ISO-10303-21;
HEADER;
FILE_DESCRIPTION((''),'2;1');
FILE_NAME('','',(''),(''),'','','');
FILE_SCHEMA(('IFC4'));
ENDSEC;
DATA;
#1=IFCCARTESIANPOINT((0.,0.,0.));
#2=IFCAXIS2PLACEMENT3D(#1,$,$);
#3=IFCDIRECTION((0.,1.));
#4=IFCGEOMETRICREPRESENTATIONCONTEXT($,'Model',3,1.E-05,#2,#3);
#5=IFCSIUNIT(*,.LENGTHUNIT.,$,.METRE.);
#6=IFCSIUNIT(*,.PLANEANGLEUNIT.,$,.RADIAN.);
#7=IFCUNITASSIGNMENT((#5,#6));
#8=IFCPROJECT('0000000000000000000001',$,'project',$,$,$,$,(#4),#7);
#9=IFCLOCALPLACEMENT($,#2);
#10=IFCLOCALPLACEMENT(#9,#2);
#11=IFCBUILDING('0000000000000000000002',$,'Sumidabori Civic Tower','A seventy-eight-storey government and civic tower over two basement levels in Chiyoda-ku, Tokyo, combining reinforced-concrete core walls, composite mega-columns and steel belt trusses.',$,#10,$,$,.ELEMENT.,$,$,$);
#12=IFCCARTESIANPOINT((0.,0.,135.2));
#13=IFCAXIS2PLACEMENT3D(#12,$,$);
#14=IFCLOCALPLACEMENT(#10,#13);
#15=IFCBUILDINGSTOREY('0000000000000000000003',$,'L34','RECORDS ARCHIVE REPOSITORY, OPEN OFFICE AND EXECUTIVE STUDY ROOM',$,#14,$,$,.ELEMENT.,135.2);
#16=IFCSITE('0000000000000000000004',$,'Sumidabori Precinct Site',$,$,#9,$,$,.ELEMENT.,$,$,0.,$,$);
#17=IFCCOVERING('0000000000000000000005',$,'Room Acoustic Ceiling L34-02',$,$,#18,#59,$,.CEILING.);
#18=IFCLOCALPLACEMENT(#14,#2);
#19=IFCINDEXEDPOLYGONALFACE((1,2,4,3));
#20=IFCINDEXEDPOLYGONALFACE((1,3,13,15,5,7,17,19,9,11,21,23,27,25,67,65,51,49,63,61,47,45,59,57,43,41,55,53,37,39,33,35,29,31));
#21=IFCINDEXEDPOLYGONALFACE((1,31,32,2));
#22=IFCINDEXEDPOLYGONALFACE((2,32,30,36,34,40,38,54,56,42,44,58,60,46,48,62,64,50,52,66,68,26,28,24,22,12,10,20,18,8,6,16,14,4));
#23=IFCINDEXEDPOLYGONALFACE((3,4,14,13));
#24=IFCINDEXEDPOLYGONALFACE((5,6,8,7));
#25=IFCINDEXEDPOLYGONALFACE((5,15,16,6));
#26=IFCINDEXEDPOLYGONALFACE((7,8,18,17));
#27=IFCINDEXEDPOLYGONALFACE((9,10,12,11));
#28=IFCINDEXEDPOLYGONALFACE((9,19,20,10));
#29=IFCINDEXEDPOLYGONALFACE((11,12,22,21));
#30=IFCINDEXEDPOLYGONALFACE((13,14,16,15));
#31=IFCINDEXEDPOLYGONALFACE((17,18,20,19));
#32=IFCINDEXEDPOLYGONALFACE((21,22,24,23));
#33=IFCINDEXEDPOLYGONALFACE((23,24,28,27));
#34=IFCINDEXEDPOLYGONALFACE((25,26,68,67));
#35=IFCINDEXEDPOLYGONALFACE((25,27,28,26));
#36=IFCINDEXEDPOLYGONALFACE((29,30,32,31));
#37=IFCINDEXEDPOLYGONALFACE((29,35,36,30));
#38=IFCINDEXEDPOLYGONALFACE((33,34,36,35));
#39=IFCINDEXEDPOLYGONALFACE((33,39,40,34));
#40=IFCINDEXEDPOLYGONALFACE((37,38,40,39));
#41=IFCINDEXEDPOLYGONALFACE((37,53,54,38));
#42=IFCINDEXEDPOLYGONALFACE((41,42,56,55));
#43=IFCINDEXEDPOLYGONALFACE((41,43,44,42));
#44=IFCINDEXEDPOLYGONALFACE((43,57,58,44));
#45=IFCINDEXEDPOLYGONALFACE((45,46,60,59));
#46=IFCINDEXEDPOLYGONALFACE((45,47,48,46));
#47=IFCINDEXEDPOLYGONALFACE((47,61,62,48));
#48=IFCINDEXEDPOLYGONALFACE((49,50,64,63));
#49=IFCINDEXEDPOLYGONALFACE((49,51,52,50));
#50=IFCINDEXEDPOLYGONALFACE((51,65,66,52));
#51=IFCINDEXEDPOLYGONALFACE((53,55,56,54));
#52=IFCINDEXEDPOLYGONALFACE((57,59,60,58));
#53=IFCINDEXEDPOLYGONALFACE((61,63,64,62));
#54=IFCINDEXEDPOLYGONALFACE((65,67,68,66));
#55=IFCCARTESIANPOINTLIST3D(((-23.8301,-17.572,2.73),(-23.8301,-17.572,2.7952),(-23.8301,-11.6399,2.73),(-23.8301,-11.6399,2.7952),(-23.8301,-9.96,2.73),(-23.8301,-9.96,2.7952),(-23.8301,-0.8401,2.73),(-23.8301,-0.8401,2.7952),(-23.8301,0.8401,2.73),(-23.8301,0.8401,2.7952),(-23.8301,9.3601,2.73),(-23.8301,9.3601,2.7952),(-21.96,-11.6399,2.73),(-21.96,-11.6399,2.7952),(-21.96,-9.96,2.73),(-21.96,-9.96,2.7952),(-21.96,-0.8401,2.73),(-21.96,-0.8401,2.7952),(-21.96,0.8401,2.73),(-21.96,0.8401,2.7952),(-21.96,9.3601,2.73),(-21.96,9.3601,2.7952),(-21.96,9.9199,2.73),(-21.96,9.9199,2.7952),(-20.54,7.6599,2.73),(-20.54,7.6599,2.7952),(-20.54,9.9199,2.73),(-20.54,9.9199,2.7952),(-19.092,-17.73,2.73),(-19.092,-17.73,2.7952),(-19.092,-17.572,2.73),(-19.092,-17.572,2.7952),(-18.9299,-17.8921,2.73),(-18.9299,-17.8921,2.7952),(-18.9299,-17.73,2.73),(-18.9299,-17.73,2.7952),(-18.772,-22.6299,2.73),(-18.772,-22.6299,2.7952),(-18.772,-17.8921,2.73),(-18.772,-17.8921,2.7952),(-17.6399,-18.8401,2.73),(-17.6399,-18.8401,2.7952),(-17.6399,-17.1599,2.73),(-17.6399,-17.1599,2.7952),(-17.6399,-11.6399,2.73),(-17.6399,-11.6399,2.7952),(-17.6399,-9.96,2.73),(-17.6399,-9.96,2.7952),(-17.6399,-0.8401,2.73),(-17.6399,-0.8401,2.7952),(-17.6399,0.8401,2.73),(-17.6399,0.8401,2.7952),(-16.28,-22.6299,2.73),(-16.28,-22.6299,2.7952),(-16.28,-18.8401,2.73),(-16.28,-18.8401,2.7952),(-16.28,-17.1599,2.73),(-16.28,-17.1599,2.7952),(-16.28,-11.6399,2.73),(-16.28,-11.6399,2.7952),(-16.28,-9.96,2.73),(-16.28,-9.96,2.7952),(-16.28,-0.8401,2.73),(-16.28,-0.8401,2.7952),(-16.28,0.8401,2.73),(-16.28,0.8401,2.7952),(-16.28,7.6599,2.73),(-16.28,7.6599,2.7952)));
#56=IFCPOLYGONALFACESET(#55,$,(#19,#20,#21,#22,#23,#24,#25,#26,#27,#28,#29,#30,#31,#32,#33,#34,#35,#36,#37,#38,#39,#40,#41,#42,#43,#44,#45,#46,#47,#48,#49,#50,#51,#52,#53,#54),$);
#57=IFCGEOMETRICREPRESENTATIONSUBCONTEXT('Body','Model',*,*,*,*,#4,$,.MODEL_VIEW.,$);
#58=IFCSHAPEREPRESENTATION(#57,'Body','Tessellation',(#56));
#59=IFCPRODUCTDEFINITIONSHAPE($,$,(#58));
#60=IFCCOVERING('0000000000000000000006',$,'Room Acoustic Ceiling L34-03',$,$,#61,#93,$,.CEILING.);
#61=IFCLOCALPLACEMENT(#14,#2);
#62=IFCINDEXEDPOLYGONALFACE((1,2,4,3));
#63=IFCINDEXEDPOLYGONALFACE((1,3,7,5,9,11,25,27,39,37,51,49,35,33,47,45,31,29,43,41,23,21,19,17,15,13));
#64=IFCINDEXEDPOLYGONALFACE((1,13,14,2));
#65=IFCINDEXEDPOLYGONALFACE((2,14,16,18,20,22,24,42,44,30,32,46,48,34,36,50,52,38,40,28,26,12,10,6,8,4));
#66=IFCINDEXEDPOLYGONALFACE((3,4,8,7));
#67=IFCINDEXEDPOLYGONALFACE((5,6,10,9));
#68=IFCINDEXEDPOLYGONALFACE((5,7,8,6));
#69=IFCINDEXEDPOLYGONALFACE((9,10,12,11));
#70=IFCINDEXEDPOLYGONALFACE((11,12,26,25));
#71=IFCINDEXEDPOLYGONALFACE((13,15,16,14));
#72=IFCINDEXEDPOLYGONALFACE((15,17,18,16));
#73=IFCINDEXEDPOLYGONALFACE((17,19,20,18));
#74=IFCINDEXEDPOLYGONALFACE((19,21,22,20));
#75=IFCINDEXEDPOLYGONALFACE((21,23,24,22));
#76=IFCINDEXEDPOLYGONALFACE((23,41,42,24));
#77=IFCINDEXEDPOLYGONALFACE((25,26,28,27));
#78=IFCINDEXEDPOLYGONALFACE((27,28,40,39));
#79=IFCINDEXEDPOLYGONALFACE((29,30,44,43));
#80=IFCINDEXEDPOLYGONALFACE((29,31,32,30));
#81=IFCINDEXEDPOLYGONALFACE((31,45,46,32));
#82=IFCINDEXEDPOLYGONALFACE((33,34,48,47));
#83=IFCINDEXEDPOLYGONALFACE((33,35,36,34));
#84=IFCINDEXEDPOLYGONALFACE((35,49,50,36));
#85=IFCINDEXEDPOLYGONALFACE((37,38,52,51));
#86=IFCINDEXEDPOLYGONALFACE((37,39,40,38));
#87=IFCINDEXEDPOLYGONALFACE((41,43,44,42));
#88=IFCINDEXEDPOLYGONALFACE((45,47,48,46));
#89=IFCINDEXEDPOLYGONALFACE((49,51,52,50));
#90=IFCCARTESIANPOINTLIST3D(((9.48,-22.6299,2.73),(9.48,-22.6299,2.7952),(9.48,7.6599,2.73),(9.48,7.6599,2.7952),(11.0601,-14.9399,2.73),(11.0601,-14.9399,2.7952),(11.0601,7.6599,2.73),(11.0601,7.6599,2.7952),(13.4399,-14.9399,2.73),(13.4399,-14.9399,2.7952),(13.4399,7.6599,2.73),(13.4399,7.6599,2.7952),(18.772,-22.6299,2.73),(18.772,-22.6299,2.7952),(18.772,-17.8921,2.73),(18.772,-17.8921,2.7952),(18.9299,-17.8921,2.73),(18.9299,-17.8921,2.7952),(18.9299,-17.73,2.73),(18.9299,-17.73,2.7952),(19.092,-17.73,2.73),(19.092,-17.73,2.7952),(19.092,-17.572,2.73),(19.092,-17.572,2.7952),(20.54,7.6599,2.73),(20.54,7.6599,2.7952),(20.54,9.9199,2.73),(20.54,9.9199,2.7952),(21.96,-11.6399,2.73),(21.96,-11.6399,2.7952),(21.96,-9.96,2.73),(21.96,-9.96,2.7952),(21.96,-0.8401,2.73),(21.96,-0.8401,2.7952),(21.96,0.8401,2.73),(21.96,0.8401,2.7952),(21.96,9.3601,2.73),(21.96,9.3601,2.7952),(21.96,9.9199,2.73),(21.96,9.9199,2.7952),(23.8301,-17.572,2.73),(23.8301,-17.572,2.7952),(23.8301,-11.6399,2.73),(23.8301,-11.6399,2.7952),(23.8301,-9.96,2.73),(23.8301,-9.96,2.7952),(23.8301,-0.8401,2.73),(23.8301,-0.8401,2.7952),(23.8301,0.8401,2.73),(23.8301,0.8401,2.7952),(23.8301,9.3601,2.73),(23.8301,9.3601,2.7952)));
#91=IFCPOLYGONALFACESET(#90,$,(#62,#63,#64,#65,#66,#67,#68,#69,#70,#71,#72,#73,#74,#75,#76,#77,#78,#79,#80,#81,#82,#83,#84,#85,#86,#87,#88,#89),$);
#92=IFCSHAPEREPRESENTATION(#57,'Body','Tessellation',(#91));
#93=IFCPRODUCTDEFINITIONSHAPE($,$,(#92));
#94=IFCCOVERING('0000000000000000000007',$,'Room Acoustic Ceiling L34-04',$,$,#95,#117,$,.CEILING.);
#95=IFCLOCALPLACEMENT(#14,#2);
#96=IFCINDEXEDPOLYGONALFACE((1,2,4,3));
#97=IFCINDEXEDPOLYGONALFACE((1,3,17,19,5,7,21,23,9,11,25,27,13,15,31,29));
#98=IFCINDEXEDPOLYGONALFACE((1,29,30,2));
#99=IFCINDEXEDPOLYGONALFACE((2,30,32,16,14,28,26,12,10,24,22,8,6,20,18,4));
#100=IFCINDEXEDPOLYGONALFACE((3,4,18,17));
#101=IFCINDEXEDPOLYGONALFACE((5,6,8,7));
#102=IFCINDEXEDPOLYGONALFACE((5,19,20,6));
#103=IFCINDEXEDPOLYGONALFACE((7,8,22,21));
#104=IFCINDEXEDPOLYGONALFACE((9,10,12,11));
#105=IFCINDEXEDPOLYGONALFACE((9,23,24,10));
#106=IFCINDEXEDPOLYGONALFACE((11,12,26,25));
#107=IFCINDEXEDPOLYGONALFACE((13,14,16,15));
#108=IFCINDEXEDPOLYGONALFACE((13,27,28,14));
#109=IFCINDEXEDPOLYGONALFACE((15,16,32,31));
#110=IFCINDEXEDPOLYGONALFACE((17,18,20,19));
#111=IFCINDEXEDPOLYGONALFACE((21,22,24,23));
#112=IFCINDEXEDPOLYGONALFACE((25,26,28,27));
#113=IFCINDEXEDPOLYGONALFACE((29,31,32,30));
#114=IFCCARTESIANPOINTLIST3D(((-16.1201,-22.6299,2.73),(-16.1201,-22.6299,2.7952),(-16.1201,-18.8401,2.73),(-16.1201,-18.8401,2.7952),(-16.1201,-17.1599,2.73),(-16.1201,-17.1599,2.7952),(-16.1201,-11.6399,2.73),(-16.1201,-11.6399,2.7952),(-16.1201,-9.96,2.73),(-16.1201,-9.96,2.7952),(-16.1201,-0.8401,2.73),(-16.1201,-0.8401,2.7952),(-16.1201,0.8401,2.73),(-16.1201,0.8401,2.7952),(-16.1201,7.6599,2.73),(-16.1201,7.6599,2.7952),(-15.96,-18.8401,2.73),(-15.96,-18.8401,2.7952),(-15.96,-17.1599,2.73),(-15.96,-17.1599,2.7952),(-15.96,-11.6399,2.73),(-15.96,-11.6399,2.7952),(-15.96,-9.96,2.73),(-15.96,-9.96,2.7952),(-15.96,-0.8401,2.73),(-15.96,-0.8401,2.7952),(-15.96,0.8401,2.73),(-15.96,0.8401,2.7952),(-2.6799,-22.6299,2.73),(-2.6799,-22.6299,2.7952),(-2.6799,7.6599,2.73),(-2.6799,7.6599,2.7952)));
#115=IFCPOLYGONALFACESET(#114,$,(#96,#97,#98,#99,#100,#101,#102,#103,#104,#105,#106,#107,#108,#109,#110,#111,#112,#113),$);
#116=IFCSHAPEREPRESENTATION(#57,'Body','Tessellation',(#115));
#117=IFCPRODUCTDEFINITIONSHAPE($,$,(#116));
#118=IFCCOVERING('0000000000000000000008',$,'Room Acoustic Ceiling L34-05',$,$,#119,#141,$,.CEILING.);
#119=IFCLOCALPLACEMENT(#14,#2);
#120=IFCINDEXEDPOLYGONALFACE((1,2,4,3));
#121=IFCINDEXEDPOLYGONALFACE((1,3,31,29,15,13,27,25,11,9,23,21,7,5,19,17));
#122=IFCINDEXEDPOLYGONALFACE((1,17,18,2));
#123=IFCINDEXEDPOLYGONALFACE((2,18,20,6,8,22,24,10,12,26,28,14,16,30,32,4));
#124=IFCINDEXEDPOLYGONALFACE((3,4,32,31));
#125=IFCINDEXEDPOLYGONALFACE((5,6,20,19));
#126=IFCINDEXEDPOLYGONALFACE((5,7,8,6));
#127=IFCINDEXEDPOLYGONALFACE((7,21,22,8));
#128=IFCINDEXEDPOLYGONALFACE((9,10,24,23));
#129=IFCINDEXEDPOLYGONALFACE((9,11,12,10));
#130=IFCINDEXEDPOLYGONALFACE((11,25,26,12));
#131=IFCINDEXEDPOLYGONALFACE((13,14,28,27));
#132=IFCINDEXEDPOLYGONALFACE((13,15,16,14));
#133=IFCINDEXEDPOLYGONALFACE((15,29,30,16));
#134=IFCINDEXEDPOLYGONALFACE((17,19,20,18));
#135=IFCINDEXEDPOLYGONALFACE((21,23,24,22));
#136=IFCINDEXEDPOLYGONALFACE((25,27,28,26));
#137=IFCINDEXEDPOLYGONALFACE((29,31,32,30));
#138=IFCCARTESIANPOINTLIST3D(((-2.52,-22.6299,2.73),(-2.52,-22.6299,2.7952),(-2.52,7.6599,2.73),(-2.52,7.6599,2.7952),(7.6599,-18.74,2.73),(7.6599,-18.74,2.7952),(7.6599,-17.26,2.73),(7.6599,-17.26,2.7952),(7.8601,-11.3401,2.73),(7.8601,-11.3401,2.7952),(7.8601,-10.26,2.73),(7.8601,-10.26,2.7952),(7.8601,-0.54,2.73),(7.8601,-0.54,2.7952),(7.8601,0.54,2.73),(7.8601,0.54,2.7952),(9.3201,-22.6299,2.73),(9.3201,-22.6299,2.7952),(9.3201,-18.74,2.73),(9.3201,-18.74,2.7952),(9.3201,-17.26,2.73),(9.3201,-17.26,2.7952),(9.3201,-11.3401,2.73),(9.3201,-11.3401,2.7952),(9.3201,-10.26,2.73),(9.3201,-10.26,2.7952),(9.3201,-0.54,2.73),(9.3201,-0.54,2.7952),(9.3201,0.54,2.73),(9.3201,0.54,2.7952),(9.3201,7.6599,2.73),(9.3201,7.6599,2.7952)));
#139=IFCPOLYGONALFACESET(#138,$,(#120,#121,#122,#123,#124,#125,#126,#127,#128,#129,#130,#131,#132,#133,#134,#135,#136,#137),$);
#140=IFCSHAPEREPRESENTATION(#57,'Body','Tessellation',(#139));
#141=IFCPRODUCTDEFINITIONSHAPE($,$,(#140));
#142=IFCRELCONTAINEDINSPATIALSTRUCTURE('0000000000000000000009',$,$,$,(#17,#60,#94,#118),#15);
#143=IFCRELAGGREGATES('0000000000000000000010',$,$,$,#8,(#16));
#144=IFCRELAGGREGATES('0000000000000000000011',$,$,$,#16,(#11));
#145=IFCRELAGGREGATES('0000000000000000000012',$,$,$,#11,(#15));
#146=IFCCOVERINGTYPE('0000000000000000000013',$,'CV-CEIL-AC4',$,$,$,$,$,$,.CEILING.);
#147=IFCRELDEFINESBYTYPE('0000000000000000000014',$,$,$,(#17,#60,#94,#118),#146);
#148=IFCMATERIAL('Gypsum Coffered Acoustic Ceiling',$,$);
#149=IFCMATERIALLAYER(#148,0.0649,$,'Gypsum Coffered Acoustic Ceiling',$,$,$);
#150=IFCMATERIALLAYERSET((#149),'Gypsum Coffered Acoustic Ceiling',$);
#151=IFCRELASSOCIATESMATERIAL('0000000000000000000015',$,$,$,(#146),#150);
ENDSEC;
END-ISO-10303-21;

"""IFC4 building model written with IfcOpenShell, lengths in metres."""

from ifc_helpers import new_model, si_unit, direction, frame, origin, place, context, subcontext, project, spatial, polyline, outline, extrude, material, layer, layer_set, type_object, element, save


model = new_model("IFC4")

# Units and contexts
model_context = context("Model", 3, precision=1e-05, world=origin(), true_north=direction((0.0, 1.0)))
body_context = subcontext(model_context, "Body", "Model", "MODEL_VIEW")
ifc_project = project(units=[si_unit("LENGTHUNIT", "METRE"), si_unit("PLANEANGLEUNIT", "RADIAN")], contexts=[model_context])

# Site, building, storey
site_placement = place(None, origin())
site = spatial("IfcSite", under=ifc_project, at=site_placement, Name="Sumidabori Precinct Site", CompositionType="ELEMENT", RefElevation=0.0)
building_placement = place(site_placement, origin())
building = spatial("IfcBuilding", under=site, at=building_placement, Name="Sumidabori Civic Tower", Description="A seventy-eight-storey government and civic tower over two basement levels in Chiyoda-ku, Tokyo, combining reinforced-concrete core walls, composite mega-columns and steel belt trusses.", CompositionType="ELEMENT")
storey_placement = place(building_placement, frame((0.0, 0.0, 135.2)))
storey = spatial("IfcBuildingStorey", under=building, at=storey_placement, Name="L34", Description="RECORDS ARCHIVE REPOSITORY, OPEN OFFICE AND EXECUTIVE STUDY ROOM", CompositionType="ELEMENT", Elevation=135.2)

# Coverings
ifc_material_1 = material(Name="Gypsum Coffered Acoustic Ceiling")
ifc_layer_1 = layer(ifc_material_1, 0.0649, Name="Gypsum Coffered Acoustic Ceiling")
ifc_layer_set_1 = layer_set([ifc_layer_1], Name="Gypsum Coffered Acoustic Ceiling")
covering_type_1 = type_object("IfcCoveringType", Name="CV-CEIL-AC4", PredefinedType="CEILING", material=ifc_layer_set_1)
covering_1_placement = place(storey_placement, frame((0.0, 0.0, 2.73)))
element("IfcCovering", 1, at=covering_1_placement, inside=storey, type_object=covering_type_1, Name="Room Acoustic Ceiling L34-02", PredefinedType="CEILING", context=body_context, shape_type="SweptSolid", body=[
    extrude(outline(polyline([(-21.96, -11.6399), (-21.96, -9.96), (-23.8301, -9.96), (-23.8301, -0.8401), (-21.96, -0.8401), (-21.96, 0.8401), (-23.8301, 0.8401), (-23.8301, 9.3601), (-21.96, 9.3601), (-21.96, 9.9199), (-20.54, 9.9199), (-20.54, 7.6599), (-16.28, 7.6599), (-16.28, 0.8401), (-17.6399, 0.8401), (-17.6399, -0.8401), (-16.28, -0.8401), (-16.28, -9.96), (-17.6399, -9.96), (-17.6399, -11.6399), (-16.28, -11.6399), (-16.28, -17.1599), (-17.6399, -17.1599), (-17.6399, -18.8401), (-16.28, -18.8401), (-16.28, -22.6299), (-18.772, -22.6299), (-18.772, -17.8921), (-18.9299, -17.8921), (-18.9299, -17.73), (-19.092, -17.73), (-19.092, -17.572), (-23.8301, -17.572), (-23.8301, -11.6399), (-21.96, -11.6399)])), origin(), (0.0, 0.0, 1.0), 0.0652),
])
covering_2_placement = place(storey_placement, frame((0.0, 0.0, 2.73)))
element("IfcCovering", 2, at=covering_2_placement, inside=storey, type_object=covering_type_1, Name="Room Acoustic Ceiling L34-03", PredefinedType="CEILING", context=body_context, shape_type="SweptSolid", body=[
    extrude(outline(polyline([(18.772, -22.6299), (9.48, -22.6299), (9.48, 7.6599), (11.0601, 7.6599), (11.0601, -14.9399), (13.4399, -14.9399), (13.4399, 7.6599), (20.54, 7.6599), (20.54, 9.9199), (21.96, 9.9199), (21.96, 9.3601), (23.8301, 9.3601), (23.8301, 0.8401), (21.96, 0.8401), (21.96, -0.8401), (23.8301, -0.8401), (23.8301, -9.96), (21.96, -9.96), (21.96, -11.6399), (23.8301, -11.6399), (23.8301, -17.572), (19.092, -17.572), (19.092, -17.73), (18.9299, -17.73), (18.9299, -17.8921), (18.772, -17.8921), (18.772, -22.6299)])), origin(), (0.0, 0.0, 1.0), 0.0652),
])
covering_3_placement = place(storey_placement, frame((0.0, 0.0, 2.73)))
element("IfcCovering", 3, at=covering_3_placement, inside=storey, type_object=covering_type_1, Name="Room Acoustic Ceiling L34-04", PredefinedType="CEILING", context=body_context, shape_type="SweptSolid", body=[
    extrude(outline(polyline([(-16.1201, -18.8401), (-15.96, -18.8401), (-15.96, -17.1599), (-16.1201, -17.1599), (-16.1201, -11.6399), (-15.96, -11.6399), (-15.96, -9.96), (-16.1201, -9.96), (-16.1201, -0.8401), (-15.96, -0.8401), (-15.96, 0.8401), (-16.1201, 0.8401), (-16.1201, 7.6599), (-2.6799, 7.6599), (-2.6799, -22.6299), (-16.1201, -22.6299), (-16.1201, -18.8401)])), origin(), (0.0, 0.0, 1.0), 0.0652),
])
covering_4_placement = place(storey_placement, frame((0.0, 0.0, 2.73)))
element("IfcCovering", 4, at=covering_4_placement, inside=storey, type_object=covering_type_1, Name="Room Acoustic Ceiling L34-05", PredefinedType="CEILING", context=body_context, shape_type="SweptSolid", body=[
    extrude(outline(polyline([(-2.52, -22.6299), (-2.52, 7.6599), (9.3201, 7.6599), (9.3201, 0.54), (7.8601, 0.54), (7.8601, -0.54), (9.3201, -0.54), (9.3201, -10.26), (7.8601, -10.26), (7.8601, -11.3401), (9.3201, -11.3401), (9.3201, -17.26), (7.6599, -17.26), (7.6599, -18.74), (9.3201, -18.74), (9.3201, -22.6299), (-2.52, -22.6299)])), origin(), (0.0, 0.0, 1.0), 0.0652),
])

save(model, "model.ifc")
